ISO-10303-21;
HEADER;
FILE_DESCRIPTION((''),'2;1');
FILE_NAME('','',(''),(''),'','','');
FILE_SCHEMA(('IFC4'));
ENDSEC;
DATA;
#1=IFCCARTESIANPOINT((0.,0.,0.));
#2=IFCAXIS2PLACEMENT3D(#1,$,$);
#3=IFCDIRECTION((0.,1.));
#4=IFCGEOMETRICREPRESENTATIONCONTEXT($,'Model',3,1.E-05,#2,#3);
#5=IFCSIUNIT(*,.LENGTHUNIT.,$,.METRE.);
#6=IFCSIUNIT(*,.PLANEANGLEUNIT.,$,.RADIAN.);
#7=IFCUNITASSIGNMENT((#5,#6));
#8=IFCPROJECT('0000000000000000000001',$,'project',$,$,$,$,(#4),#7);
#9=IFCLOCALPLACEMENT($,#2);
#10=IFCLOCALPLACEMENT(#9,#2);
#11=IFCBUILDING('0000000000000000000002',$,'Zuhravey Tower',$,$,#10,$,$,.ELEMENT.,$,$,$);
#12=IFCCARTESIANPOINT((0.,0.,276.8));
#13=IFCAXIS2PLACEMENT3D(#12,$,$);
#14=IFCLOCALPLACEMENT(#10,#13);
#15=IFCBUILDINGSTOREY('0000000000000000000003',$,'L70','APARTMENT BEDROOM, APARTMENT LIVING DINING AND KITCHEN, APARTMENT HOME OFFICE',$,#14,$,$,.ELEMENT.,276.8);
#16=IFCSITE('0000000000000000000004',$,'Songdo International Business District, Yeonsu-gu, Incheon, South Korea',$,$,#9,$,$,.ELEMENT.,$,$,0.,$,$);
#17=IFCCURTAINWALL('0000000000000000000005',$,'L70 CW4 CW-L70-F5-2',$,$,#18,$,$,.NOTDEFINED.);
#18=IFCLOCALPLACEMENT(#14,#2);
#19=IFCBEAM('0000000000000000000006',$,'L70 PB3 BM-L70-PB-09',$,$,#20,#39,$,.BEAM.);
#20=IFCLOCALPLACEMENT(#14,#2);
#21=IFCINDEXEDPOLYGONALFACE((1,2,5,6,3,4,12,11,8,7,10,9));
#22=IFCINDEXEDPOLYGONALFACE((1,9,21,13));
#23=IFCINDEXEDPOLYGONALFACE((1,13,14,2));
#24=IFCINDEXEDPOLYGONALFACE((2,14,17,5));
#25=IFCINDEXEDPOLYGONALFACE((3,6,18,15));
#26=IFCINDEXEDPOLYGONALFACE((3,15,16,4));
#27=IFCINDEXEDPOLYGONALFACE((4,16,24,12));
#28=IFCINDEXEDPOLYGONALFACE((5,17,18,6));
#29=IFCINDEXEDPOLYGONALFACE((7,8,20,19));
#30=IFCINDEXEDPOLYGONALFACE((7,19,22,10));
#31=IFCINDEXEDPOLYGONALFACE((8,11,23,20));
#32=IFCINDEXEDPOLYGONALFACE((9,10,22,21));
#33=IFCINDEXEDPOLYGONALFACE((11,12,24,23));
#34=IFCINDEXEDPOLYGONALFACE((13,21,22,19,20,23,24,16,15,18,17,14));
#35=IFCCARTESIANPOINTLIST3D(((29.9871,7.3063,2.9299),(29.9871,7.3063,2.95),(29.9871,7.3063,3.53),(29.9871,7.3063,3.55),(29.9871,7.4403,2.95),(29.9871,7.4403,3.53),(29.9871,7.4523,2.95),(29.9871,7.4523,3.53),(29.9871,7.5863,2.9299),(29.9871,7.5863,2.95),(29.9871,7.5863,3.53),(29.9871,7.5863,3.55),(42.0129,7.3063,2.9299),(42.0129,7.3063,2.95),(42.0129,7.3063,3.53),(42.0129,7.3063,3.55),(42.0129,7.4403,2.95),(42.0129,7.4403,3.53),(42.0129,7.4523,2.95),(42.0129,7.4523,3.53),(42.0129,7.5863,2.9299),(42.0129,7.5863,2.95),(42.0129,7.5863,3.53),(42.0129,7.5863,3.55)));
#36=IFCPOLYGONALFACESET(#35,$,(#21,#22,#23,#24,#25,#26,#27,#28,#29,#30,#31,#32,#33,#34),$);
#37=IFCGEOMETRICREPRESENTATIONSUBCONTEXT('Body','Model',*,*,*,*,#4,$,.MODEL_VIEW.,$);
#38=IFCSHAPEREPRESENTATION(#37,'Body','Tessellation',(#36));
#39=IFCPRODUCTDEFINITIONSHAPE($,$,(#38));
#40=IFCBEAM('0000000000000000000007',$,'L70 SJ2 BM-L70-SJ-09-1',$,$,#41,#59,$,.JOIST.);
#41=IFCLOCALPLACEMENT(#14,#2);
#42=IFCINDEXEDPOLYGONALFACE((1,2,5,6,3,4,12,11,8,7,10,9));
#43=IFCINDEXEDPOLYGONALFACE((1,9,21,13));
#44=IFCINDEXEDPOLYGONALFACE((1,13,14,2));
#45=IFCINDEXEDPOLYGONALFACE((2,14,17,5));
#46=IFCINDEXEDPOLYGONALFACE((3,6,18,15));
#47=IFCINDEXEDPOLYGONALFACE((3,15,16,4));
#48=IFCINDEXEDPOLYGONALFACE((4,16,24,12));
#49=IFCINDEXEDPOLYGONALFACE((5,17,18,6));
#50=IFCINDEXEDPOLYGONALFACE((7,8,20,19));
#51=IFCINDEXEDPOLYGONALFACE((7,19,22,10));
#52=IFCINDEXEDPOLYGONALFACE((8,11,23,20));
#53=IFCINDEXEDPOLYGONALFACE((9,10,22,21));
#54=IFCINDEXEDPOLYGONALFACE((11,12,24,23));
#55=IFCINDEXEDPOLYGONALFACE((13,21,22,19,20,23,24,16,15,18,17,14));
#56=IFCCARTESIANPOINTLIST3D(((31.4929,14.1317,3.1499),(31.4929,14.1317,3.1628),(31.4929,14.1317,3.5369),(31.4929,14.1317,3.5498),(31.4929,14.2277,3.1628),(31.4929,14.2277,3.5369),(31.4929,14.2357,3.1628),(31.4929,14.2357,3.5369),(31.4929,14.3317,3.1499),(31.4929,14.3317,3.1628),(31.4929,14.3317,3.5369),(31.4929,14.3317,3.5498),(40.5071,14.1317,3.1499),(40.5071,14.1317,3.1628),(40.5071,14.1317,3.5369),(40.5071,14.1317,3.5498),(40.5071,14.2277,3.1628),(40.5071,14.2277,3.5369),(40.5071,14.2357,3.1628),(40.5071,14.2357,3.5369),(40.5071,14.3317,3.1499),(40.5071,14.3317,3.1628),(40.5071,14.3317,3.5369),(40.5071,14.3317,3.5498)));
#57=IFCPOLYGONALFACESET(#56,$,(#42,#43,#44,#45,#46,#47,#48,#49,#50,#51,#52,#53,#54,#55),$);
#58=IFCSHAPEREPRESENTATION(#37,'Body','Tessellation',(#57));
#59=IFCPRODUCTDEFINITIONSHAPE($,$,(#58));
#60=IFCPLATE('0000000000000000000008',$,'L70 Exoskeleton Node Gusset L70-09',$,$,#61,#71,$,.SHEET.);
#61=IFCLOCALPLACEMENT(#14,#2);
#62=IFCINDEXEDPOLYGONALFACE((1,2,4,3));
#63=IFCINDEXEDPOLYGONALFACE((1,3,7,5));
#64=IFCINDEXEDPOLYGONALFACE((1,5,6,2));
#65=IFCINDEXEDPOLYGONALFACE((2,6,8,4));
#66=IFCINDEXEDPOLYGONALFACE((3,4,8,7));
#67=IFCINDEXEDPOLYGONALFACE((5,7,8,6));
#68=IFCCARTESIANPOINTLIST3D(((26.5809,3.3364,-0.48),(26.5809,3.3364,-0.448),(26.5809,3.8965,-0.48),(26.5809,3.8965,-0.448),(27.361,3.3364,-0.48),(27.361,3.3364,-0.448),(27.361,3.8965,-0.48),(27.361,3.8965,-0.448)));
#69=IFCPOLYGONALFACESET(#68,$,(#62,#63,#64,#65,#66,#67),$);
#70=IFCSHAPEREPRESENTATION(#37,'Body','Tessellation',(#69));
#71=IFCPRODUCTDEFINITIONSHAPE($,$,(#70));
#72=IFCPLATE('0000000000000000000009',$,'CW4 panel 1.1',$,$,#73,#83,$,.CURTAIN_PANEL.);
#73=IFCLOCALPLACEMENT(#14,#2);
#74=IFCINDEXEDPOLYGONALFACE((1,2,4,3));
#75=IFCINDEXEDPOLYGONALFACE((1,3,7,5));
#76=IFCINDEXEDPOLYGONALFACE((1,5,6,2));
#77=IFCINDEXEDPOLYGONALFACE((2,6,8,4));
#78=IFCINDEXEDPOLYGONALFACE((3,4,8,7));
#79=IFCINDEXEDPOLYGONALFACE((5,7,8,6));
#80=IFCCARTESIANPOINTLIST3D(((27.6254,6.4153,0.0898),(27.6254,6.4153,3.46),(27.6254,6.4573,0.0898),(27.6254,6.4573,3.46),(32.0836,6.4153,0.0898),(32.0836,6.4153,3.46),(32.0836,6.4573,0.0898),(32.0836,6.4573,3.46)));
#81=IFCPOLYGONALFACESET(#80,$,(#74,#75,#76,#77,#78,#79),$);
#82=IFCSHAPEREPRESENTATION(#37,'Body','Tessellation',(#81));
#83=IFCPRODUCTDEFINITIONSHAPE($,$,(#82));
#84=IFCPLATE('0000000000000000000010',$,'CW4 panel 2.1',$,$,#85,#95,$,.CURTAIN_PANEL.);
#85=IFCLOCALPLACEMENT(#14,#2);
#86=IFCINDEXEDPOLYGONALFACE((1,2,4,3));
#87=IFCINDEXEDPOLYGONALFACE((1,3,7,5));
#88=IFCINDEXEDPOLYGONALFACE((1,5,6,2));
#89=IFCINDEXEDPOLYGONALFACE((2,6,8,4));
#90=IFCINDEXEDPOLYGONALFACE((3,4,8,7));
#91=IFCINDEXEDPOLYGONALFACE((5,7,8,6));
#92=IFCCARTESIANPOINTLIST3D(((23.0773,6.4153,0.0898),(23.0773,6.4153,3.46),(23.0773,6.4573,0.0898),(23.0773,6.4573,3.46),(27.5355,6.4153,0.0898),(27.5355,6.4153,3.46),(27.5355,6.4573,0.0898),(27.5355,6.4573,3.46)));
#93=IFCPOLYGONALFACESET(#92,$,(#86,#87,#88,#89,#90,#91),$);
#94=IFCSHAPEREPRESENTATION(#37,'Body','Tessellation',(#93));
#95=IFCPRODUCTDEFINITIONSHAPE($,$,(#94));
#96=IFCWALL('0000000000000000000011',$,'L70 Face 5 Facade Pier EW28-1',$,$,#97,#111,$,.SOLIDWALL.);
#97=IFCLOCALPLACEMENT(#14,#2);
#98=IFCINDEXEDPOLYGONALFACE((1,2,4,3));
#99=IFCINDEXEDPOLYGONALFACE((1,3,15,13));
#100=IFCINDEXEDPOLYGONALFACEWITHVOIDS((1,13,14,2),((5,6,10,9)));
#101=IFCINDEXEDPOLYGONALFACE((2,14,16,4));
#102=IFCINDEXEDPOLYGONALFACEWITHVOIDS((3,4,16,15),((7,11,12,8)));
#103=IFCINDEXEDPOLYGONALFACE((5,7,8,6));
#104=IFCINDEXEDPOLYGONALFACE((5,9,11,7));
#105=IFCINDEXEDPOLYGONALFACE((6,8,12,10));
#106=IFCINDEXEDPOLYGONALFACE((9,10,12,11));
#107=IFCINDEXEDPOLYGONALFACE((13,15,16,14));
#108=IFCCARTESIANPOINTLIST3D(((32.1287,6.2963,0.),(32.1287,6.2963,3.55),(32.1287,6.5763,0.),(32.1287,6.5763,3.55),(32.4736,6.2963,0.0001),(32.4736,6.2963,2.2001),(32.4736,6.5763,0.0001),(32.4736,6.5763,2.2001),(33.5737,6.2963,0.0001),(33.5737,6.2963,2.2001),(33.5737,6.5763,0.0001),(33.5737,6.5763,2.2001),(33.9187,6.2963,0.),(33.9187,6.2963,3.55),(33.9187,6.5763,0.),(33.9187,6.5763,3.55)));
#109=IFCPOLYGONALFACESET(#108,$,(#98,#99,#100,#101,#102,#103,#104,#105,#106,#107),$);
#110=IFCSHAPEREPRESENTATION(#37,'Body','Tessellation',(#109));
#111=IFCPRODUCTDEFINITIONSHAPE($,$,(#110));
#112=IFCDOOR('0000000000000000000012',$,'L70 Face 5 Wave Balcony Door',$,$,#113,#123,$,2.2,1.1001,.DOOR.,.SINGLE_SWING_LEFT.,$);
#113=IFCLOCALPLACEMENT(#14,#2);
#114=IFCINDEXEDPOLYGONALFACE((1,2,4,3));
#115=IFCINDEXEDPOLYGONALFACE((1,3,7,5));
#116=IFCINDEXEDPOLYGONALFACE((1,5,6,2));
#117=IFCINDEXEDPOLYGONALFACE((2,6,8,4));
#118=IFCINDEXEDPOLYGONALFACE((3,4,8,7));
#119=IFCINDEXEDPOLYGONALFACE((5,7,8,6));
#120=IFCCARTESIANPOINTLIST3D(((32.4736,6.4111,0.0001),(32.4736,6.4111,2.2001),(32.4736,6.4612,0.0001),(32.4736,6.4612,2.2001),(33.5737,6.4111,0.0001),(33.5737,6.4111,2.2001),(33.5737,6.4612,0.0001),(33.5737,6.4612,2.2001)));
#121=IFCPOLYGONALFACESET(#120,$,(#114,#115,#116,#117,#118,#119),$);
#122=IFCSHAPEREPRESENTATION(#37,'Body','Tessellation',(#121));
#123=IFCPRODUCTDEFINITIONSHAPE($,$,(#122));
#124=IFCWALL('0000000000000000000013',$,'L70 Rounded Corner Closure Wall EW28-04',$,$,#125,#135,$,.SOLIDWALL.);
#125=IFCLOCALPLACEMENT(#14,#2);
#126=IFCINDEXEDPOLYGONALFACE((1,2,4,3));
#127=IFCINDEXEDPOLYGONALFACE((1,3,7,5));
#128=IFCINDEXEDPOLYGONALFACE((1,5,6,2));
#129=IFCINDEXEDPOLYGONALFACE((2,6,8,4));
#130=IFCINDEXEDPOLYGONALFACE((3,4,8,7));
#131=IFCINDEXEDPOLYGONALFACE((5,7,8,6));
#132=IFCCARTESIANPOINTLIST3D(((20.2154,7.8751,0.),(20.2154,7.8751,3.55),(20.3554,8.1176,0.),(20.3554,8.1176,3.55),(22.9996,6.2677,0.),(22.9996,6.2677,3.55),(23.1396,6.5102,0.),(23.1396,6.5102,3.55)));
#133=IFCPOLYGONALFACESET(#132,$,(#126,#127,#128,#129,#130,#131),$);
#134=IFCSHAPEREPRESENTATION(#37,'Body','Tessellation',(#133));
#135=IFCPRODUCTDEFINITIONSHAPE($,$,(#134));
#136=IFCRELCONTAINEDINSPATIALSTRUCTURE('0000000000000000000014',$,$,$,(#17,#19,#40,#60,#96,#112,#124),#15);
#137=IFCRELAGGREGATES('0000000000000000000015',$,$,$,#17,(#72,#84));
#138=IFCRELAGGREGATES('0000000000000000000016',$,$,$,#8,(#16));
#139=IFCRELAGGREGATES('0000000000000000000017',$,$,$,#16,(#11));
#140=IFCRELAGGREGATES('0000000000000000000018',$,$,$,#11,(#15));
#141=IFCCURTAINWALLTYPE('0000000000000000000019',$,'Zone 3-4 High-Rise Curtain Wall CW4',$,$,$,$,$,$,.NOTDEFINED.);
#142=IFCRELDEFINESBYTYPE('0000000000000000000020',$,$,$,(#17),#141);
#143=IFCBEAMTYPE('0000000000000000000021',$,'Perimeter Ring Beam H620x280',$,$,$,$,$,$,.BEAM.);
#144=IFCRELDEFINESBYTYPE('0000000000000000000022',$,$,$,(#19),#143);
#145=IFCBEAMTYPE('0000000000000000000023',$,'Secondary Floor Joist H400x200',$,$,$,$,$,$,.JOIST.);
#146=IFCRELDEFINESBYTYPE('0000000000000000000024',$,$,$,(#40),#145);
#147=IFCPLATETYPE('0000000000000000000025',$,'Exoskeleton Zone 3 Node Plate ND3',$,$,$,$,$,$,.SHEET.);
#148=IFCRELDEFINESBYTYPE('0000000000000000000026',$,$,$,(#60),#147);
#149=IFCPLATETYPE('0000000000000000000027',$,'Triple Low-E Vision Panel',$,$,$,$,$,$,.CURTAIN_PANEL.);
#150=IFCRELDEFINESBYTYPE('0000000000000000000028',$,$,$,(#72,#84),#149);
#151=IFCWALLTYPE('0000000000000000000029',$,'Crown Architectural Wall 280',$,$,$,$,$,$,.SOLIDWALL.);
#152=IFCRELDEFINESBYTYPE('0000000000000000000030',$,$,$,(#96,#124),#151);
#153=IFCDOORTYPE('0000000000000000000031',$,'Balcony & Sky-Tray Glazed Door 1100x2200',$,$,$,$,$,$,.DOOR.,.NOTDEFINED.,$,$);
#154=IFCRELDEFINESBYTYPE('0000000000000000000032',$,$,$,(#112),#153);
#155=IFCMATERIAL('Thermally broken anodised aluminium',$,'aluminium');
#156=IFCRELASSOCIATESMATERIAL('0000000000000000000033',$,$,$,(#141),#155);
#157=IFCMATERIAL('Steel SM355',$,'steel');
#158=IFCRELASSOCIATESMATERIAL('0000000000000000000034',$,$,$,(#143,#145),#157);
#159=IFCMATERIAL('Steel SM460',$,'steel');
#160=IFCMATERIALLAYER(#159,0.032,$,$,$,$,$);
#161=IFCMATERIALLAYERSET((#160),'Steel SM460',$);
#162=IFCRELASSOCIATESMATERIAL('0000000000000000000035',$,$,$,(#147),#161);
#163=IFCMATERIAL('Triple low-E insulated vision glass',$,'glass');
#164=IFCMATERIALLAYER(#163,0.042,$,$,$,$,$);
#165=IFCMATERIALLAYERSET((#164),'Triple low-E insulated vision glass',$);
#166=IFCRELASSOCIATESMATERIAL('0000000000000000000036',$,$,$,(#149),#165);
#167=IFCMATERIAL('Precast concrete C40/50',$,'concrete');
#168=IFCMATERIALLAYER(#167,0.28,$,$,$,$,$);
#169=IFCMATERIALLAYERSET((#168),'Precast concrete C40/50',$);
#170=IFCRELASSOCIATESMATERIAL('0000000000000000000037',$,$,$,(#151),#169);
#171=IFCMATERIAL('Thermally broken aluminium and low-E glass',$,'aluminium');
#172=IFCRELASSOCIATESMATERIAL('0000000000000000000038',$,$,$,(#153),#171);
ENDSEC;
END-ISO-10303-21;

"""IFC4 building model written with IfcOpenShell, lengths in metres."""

from ifc_helpers import new_model, si_unit, direction, frame, frame_2d, origin, origin_2d, place, context, subcontext, project, spatial, rectangle, i_section, extrude, material, layer, layer_set, material_profile, profile_set, type_object, element, fill, aggregate, save


model = new_model("IFC4")

# Units and contexts
model_context = context("Model", 3, precision=1e-05, world=origin(), true_north=direction((0.0, 1.0)))
body_context = subcontext(model_context, "Body", "Model", "MODEL_VIEW")
ifc_project = project(units=[si_unit("LENGTHUNIT", "METRE"), si_unit("PLANEANGLEUNIT", "RADIAN")], contexts=[model_context])

# Site, building, storey
site_placement = place(None, origin())
site = spatial("IfcSite", under=ifc_project, at=site_placement, Name="Songdo International Business District, Yeonsu-gu, Incheon, South Korea", CompositionType="ELEMENT", RefElevation=0.0)
building_placement = place(site_placement, origin())
building = spatial("IfcBuilding", under=site, at=building_placement, Name="Zuhravey Tower", CompositionType="ELEMENT")
storey_placement = place(building_placement, frame((0.0, 0.0, 276.8)))
storey = spatial("IfcBuildingStorey", under=building, at=storey_placement, Name="L70", Description="APARTMENT BEDROOM, APARTMENT LIVING DINING AND KITCHEN, APARTMENT HOME OFFICE", CompositionType="ELEMENT", Elevation=276.8)

# Shared definitions
ifc_material_1 = material(Name="Thermally broken anodised aluminium", Category="aluminium")
curtain_wall_type = type_object("IfcCurtainWallType", Name="Zone 3-4 High-Rise Curtain Wall CW4", PredefinedType="NOTDEFINED", material=ifc_material_1)

# Curtain wall
curtain_wall_1_placement = place(storey_placement, origin())
curtain_wall_1 = element("IfcCurtainWall", 1, at=curtain_wall_1_placement, inside=storey, type_object=curtain_wall_type, Name="L70 CW4 CW-L70-F5-2", PredefinedType="NOTDEFINED")

# Shared definitions
ifc_material_2 = material(Name="Steel SM355", Category="steel")

# Beams
ifc_material_profile_1 = material_profile(ifc_material_2, i_section(OverallWidth=0.28, OverallDepth=0.6201, WebThickness=0.012, FlangeThickness=0.02, at=origin_2d()), Name="H-620x280x12x20")
ifc_profile_set_1 = profile_set([ifc_material_profile_1], Name="Steel SM355")
beam_type_1 = type_object("IfcBeamType", Name="Perimeter Ring Beam H620x280", PredefinedType="BEAM", material=ifc_profile_set_1)
beam_1_placement = place(storey_placement, frame((29.9871, 7.4463, 3.24), z_axis=(1.0, 0.0, 0.0), x_axis=(0.0, 1.0, 0.0)))
element("IfcBeam", 2, at=beam_1_placement, inside=storey, type_object=beam_type_1, Name="L70 PB3 BM-L70-PB-09", PredefinedType="BEAM", context=body_context, shape_type="SweptSolid", body=[
    extrude(i_section(OverallWidth=0.28, OverallDepth=0.6201, WebThickness=0.012, FlangeThickness=0.02, at=origin_2d()), origin(), (0.0, 0.0, 1.0), 12.0259),
])
ifc_material_profile_2 = material_profile(ifc_material_2, i_section(OverallWidth=0.2, OverallDepth=0.3999, WebThickness=0.0081, FlangeThickness=0.0129, at=origin_2d()), Name="H-400x200x8x13")
ifc_profile_set_2 = profile_set([ifc_material_profile_2], Name="Steel SM355")
beam_type_2 = type_object("IfcBeamType", Name="Secondary Floor Joist H400x200", PredefinedType="JOIST", material=ifc_profile_set_2)
beam_2_placement = place(storey_placement, frame((31.4929, 14.2317, 3.3499), z_axis=(1.0, 0.0, 0.0), x_axis=(0.0, 1.0, 0.0)))
element("IfcBeam", 3, at=beam_2_placement, inside=storey, type_object=beam_type_2, Name="L70 SJ2 BM-L70-SJ-09-1", PredefinedType="JOIST", context=body_context, shape_type="SweptSolid", body=[
    extrude(i_section(OverallWidth=0.2, OverallDepth=0.3999, WebThickness=0.0081, FlangeThickness=0.0129, at=origin_2d()), origin(), (0.0, 0.0, 1.0), 9.0142),
])

# Plates
ifc_material_3 = material(Name="Steel SM460", Category="steel")
ifc_layer_1 = layer(ifc_material_3, 0.032)
ifc_layer_set_1 = layer_set([ifc_layer_1], Name="Steel SM460")
plate_type_1 = type_object("IfcPlateType", Name="Exoskeleton Zone 3 Node Plate ND3", PredefinedType="SHEET", material=ifc_layer_set_1)
plate_1_placement = place(storey_placement, frame((26.9709, 3.6165, -0.48), z_axis=(0.0, 0.0, 1.0), x_axis=(1.0, 0.0, 0.0)))
element("IfcPlate", 4, at=plate_1_placement, inside=storey, type_object=plate_type_1, Name="L70 Exoskeleton Node Gusset L70-09", PredefinedType="SHEET", context=body_context, shape_type="SweptSolid", body=[
    extrude(rectangle(XDim=0.78, YDim=0.5601, at=origin_2d()), origin(), (0.0, 0.0, 1.0), 0.032),
])
ifc_material_4 = material(Name="Triple low-E insulated vision glass", Category="glass")
ifc_layer_2 = layer(ifc_material_4, 0.042)
ifc_layer_set_2 = layer_set([ifc_layer_2], Name="Triple low-E insulated vision glass")
plate_type_2 = type_object("IfcPlateType", Name="Triple Low-E Vision Panel", PredefinedType="CURTAIN_PANEL", material=ifc_layer_set_2)
plate_2_placement = place(storey_placement, frame((29.8545, 6.4363, 0.0898), z_axis=(0.0, 0.0, 1.0), x_axis=(-1.0, 0.0, 0.0)))
plate_2 = element("IfcPlate", 5, at=plate_2_placement, type_object=plate_type_2, Name="CW4 panel 1.1", PredefinedType="CURTAIN_PANEL", context=body_context, shape_type="SweptSolid", body=[
    extrude(rectangle(XDim=4.4583, YDim=0.042, at=origin_2d()), origin(), (0.0, 0.0, 1.0), 3.3701),
])
plate_3_placement = place(storey_placement, frame((25.3064, 6.4363, 0.0898), z_axis=(0.0, 0.0, 1.0), x_axis=(-1.0, 0.0, 0.0)))
plate_3 = element("IfcPlate", 6, at=plate_3_placement, type_object=plate_type_2, Name="CW4 panel 2.1", PredefinedType="CURTAIN_PANEL", context=body_context, shape_type="SweptSolid", body=[
    extrude(rectangle(XDim=4.4583, YDim=0.042, at=origin_2d()), origin(), (0.0, 0.0, 1.0), 3.3701),
])
aggregate(curtain_wall_1, [plate_2, plate_3])

# Wall, opening, door
ifc_material_5 = material(Name="Precast concrete C40/50", Category="concrete")
ifc_layer_3 = layer(ifc_material_5, 0.28)
ifc_layer_set_3 = layer_set([ifc_layer_3], Name="Precast concrete C40/50")
wall_type_1 = type_object("IfcWallType", Name="Crown Architectural Wall 280", PredefinedType="SOLIDWALL", material=ifc_layer_set_3)
wall_1_placement = place(storey_placement, frame((33.9187, 6.4363, 0.0), z_axis=(0.0, 0.0, 1.0), x_axis=(-1.0, 0.0, 0.0)))
wall_1 = element("IfcWall", 7, at=wall_1_placement, inside=storey, type_object=wall_type_1, Name="L70 Face 5 Facade Pier EW28-1", PredefinedType="SOLIDWALL", context=body_context, shape_type="SweptSolid", body=[
    extrude(rectangle(XDim=1.79, YDim=0.28, at=frame_2d((0.895, 0.0))), origin(), (0.0, 0.0, 1.0), 3.55),
])
opening_1_placement = place(wall_1_placement, frame((0.345, 0.0, 0.0)))
opening_1 = element("IfcOpeningElement", 8, at=opening_1_placement, cuts=wall_1, PredefinedType="OPENING", context=body_context, shape_type="SweptSolid", body=[
    extrude(rectangle(XDim=1.1001, YDim=2.2, at=frame_2d((0.55, 1.1001))), frame((0.0, 0.1521, 0.0), z_axis=(0.0, -1.0, 0.0), x_axis=(1.0, 0.0, 0.0)), (0.0, 0.0, 1.0), 0.304),
])
ifc_material_6 = material(Name="Thermally broken aluminium and low-E glass", Category="aluminium")
door_type_1 = type_object("IfcDoorType", Name="Balcony & Sky-Tray Glazed Door 1100x2200", OperationType="NOTDEFINED", PredefinedType="DOOR", material=ifc_material_6)
door_1_placement = place(opening_1_placement, frame((1.1001, 0.0, 0.0), z_axis=(0.0, 0.0, 1.0), x_axis=(-1.0, 0.0, 0.0)))
door_1 = element("IfcDoor", 9, at=door_1_placement, inside=storey, type_object=door_type_1, Name="L70 Face 5 Wave Balcony Door", OperationType="SINGLE_SWING_LEFT", OverallHeight=2.2, OverallWidth=1.1001, PredefinedType="DOOR", context=body_context, shape_type="SweptSolid", body=[
    extrude(rectangle(XDim=1.1001, YDim=2.2, at=frame_2d((0.55, 1.1001))), frame((0.0, 0.0249, 0.0), z_axis=(0.0, -1.0, 0.0), x_axis=(1.0, 0.0, 0.0)), (0.0, 0.0, 1.0), 0.05),
])
fill(opening_1, door_1)

# Wall
wall_2_placement = place(storey_placement, frame((23.0696, 6.3889, 0.0), z_axis=(0.0, 0.0, 1.0), x_axis=(-0.866029, 0.499994, 0.0)))
element("IfcWall", 10, at=wall_2_placement, inside=storey, type_object=wall_type_1, Name="L70 Rounded Corner Closure Wall EW28-04", PredefinedType="SOLIDWALL", context=body_context, shape_type="SweptSolid", body=[
    extrude(rectangle(XDim=3.2148, YDim=0.28, at=frame_2d((1.6074, 0.0))), origin(), (0.0, 0.0, 1.0), 3.55),
])

save(model, "model.ifc")
